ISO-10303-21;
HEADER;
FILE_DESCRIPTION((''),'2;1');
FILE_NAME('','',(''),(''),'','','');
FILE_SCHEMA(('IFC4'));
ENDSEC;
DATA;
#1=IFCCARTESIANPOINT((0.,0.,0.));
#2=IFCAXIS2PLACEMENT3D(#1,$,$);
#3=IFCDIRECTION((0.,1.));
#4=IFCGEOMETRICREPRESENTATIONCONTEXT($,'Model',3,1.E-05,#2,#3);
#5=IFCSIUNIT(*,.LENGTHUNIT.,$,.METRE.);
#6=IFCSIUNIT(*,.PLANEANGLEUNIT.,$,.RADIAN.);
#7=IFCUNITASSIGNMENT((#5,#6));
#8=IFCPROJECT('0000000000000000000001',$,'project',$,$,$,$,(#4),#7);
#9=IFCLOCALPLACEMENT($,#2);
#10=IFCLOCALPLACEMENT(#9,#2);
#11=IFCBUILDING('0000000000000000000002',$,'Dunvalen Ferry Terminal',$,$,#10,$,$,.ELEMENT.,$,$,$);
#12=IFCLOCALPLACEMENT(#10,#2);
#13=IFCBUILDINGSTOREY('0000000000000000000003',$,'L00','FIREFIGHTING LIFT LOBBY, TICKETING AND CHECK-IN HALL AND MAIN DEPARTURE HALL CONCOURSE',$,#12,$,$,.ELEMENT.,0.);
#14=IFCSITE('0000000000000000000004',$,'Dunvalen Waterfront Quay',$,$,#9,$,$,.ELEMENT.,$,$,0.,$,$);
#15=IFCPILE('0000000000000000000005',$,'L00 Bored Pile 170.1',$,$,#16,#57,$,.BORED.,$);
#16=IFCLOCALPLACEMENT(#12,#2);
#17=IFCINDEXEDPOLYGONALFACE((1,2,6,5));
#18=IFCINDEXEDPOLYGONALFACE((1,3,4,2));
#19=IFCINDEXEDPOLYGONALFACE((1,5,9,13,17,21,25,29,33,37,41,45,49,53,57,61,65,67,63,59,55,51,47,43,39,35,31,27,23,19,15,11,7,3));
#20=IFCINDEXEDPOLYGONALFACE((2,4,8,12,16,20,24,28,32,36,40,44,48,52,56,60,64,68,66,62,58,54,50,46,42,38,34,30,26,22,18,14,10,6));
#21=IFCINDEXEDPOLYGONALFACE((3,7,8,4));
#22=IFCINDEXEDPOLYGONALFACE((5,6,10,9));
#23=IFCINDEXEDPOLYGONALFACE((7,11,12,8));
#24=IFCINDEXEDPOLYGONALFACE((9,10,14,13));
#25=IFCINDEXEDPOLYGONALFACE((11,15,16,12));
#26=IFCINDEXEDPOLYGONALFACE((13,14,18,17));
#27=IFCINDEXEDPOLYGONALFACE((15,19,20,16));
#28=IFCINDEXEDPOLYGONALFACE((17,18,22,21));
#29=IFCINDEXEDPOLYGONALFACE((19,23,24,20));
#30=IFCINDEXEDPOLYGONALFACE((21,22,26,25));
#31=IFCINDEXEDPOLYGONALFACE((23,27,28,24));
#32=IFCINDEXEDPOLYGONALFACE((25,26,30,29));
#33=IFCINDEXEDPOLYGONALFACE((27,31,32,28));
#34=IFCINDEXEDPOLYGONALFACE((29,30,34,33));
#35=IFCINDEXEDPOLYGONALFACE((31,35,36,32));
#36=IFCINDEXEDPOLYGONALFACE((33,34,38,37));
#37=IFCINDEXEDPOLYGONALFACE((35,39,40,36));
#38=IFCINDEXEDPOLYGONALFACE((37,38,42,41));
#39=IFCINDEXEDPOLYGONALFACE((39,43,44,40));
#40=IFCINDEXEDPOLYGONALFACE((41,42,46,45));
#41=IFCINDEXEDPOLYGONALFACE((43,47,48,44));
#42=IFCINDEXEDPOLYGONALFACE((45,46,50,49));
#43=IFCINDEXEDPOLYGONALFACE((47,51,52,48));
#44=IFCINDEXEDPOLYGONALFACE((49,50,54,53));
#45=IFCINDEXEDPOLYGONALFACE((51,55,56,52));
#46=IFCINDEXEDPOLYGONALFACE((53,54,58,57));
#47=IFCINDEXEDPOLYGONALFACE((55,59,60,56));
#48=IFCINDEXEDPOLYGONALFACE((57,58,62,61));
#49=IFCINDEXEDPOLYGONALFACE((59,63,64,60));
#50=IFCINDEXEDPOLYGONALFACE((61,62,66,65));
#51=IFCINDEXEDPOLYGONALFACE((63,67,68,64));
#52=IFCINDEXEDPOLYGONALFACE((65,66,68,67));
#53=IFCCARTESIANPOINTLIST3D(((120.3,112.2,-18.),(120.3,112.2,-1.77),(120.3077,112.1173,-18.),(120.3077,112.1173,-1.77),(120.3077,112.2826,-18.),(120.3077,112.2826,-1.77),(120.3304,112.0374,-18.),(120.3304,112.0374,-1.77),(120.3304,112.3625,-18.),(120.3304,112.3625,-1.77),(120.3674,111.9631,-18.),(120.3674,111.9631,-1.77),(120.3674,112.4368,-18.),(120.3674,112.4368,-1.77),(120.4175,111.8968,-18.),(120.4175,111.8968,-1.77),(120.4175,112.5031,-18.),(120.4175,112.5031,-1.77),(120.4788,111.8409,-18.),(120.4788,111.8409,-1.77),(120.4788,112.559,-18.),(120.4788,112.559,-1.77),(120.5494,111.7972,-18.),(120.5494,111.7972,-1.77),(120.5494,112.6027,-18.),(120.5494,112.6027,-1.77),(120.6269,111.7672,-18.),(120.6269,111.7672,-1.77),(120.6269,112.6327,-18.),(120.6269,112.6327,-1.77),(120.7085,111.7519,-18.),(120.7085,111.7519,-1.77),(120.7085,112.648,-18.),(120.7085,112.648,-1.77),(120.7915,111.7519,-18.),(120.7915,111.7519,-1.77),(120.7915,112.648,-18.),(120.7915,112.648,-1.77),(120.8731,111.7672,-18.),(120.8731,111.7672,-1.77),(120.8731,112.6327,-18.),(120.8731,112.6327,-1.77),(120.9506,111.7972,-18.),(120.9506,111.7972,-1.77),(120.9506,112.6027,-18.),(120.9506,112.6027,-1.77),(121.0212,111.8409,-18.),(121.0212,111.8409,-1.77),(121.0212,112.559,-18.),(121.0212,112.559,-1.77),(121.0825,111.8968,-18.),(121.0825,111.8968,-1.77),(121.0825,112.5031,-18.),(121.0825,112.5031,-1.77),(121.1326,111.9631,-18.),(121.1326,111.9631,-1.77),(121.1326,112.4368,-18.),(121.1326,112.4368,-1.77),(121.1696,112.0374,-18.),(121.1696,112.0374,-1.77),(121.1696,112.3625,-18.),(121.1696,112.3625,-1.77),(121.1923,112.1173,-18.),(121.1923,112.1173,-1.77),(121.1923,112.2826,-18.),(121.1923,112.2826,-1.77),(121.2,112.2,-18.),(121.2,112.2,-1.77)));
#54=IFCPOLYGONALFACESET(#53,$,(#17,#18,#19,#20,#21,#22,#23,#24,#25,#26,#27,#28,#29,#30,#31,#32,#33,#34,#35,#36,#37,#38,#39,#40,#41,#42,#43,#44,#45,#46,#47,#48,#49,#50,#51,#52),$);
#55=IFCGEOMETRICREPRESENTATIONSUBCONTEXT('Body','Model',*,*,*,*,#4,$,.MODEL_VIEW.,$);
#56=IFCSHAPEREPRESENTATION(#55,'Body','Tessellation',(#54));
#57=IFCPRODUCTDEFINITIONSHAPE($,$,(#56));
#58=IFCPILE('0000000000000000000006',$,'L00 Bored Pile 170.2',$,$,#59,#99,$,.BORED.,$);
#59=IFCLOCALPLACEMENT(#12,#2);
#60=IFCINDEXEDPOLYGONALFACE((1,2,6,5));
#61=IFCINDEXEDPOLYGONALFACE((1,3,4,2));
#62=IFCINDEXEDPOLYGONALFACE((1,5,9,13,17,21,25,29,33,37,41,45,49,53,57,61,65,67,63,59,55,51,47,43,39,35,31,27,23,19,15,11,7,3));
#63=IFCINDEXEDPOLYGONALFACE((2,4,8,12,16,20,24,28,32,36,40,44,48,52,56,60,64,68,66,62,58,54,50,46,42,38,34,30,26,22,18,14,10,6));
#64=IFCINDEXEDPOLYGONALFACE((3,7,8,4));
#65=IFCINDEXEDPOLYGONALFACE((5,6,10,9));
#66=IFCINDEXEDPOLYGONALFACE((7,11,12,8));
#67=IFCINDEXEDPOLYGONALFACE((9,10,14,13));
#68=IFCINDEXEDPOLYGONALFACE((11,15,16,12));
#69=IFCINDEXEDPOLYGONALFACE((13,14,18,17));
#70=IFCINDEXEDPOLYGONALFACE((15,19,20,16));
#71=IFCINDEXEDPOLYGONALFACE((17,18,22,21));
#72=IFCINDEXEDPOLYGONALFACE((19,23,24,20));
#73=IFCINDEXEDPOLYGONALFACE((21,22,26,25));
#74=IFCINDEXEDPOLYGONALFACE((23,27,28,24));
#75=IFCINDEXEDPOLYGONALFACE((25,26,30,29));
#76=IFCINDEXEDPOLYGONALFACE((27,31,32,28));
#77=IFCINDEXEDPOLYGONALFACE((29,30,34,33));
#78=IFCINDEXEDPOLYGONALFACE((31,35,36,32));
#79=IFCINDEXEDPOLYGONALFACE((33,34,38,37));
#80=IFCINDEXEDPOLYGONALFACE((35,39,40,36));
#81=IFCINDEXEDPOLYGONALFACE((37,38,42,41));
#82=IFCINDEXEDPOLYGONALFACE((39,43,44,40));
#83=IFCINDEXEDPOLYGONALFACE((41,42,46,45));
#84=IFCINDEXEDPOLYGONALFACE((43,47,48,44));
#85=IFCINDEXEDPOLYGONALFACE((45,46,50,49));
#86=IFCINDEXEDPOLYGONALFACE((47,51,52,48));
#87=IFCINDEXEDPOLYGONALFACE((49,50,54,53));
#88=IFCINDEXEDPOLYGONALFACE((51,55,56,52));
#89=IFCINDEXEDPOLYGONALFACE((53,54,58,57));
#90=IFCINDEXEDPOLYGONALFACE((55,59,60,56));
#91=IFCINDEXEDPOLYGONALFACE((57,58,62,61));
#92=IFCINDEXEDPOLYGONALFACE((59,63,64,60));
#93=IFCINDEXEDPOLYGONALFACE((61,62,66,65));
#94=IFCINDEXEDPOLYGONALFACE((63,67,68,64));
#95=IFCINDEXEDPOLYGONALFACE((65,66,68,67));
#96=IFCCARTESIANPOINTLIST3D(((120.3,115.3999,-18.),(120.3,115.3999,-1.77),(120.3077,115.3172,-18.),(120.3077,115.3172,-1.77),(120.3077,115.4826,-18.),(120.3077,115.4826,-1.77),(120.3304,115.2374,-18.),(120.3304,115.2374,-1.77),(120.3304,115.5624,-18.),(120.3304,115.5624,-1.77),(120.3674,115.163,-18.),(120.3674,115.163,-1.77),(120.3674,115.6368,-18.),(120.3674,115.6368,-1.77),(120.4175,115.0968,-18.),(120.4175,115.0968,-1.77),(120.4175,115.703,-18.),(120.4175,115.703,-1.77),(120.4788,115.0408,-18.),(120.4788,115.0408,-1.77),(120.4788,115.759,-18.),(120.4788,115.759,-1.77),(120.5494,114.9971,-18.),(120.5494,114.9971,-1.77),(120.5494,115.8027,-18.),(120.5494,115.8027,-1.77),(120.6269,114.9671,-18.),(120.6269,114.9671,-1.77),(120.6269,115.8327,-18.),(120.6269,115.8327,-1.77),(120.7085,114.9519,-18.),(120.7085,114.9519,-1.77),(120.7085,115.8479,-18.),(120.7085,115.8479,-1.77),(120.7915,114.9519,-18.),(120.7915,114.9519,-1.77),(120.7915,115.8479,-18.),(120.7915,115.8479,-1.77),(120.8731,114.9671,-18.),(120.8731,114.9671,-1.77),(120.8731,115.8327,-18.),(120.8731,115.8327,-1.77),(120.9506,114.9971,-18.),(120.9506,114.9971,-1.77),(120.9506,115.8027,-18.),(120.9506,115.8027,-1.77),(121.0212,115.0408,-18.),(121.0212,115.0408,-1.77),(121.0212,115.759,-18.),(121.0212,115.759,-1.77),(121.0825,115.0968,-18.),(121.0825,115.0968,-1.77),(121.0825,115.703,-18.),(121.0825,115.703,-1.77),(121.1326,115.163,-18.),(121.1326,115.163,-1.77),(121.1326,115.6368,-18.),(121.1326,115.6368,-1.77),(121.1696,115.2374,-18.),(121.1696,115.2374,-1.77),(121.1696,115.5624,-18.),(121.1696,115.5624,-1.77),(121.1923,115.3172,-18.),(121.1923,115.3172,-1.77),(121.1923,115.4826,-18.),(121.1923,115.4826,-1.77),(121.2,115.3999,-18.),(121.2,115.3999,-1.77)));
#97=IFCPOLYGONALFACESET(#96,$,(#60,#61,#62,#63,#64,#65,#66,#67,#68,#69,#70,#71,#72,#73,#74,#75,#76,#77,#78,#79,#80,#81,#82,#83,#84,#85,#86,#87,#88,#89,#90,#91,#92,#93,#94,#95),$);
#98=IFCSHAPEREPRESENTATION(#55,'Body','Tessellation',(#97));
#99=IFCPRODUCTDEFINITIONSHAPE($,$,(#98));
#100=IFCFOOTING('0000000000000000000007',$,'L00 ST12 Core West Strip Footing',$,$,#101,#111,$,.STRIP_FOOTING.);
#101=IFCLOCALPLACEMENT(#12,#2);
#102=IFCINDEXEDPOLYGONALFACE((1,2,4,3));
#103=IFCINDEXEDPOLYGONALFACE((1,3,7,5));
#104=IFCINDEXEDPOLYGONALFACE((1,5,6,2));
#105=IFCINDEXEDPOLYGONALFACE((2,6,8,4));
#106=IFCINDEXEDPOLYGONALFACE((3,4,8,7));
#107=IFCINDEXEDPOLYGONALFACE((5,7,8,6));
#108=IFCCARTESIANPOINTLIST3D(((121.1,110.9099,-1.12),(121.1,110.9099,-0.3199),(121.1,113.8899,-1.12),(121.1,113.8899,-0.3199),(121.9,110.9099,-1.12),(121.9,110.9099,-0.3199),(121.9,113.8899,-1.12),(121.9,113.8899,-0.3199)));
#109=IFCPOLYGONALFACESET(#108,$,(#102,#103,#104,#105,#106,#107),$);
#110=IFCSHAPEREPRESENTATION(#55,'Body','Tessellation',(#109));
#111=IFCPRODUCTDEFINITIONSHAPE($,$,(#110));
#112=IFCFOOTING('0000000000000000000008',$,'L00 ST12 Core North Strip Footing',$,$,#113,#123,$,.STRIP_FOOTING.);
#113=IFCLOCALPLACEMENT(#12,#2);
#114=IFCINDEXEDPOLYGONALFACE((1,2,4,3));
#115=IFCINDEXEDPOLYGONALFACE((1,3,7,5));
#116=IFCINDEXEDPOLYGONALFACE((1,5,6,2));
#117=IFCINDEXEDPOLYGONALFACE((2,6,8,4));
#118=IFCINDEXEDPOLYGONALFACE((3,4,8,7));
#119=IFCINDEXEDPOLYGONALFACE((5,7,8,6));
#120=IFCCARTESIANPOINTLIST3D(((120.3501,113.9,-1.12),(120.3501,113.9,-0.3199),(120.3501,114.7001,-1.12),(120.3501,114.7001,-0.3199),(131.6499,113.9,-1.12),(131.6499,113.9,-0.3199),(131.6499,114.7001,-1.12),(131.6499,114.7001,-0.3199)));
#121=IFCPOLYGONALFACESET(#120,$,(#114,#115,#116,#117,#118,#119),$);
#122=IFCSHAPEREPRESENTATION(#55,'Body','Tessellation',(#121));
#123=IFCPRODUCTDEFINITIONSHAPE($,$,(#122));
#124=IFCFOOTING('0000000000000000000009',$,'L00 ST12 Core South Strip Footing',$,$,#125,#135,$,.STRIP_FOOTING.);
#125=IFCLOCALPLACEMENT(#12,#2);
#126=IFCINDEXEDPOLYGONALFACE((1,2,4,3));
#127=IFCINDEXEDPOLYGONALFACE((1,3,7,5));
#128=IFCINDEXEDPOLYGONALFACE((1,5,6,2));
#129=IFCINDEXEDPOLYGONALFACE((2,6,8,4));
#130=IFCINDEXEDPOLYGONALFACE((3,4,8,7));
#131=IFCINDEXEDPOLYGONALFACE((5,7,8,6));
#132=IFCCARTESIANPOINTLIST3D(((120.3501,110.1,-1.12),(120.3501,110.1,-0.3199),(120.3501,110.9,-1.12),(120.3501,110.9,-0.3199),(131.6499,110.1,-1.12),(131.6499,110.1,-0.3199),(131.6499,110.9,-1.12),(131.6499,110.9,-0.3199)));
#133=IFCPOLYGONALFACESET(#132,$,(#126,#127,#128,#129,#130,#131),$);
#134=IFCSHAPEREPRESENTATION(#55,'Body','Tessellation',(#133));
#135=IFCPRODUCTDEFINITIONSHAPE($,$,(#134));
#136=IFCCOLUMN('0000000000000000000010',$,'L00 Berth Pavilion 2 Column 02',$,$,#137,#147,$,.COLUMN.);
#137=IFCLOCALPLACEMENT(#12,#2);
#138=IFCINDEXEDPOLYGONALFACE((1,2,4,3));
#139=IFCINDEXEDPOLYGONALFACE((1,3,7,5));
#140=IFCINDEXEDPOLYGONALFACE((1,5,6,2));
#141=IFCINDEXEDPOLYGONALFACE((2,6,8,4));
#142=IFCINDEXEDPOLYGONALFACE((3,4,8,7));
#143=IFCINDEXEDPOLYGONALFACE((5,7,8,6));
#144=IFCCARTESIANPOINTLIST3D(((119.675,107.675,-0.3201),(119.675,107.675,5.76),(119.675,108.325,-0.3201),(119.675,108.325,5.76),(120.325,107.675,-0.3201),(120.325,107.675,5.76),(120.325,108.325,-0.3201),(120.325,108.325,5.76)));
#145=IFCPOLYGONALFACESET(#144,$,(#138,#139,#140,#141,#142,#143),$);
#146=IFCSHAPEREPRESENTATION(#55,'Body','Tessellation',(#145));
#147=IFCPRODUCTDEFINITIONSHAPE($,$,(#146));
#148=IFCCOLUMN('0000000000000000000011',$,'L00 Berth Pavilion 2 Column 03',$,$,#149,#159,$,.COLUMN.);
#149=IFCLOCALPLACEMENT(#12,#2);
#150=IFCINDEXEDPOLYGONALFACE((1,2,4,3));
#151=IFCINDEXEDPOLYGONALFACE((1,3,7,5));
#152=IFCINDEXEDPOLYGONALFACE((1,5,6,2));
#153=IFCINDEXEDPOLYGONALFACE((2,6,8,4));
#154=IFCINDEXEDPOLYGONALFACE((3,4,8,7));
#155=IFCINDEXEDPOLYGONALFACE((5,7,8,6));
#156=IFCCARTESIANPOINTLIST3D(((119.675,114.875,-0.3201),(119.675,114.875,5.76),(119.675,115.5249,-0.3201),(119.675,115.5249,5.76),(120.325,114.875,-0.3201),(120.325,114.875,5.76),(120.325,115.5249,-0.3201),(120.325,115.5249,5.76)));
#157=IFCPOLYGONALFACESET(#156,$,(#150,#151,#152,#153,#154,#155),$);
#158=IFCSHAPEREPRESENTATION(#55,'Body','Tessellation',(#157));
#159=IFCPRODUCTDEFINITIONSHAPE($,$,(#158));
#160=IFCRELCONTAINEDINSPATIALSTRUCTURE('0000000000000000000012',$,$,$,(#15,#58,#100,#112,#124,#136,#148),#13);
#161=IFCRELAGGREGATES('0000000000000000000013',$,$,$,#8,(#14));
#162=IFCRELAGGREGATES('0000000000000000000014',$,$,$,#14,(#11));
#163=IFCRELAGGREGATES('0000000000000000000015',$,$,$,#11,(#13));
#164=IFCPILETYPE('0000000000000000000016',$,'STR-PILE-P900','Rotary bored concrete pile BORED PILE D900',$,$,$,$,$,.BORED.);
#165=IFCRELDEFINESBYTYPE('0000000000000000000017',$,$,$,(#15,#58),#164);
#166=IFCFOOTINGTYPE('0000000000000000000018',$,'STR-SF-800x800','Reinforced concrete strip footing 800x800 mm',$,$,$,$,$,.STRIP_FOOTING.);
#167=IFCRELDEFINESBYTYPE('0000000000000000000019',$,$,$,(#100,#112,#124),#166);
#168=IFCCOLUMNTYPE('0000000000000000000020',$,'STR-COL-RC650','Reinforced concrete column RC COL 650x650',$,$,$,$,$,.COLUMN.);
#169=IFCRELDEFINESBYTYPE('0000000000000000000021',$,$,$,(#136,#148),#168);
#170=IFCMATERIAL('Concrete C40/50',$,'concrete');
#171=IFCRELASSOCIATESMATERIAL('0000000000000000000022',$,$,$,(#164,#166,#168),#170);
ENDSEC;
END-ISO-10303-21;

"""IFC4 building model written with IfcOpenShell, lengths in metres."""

from ifc_helpers import new_model, si_unit, direction, frame, origin, origin_2d, place, context, subcontext, project, spatial, rectangle, circle, extrude, material, material_profile, profile_set, type_object, element, save


model = new_model("IFC4")

# Units and contexts
model_context = context("Model", 3, precision=1e-05, world=origin(), true_north=direction((0.0, 1.0)))
body_context = subcontext(model_context, "Body", "Model", "MODEL_VIEW")
ifc_project = project(units=[si_unit("LENGTHUNIT", "METRE"), si_unit("PLANEANGLEUNIT", "RADIAN")], contexts=[model_context])

# Site, building, storey
site_placement = place(None, origin())
site = spatial("IfcSite", under=ifc_project, at=site_placement, Name="Dunvalen Waterfront Quay", CompositionType="ELEMENT", RefElevation=0.0)
building_placement = place(site_placement, origin())
building = spatial("IfcBuilding", under=site, at=building_placement, Name="Dunvalen Ferry Terminal", CompositionType="ELEMENT")
storey_placement = place(building_placement, origin())
storey = spatial("IfcBuildingStorey", under=building, at=storey_placement, Name="L00", Description="FIREFIGHTING LIFT LOBBY, TICKETING AND CHECK-IN HALL AND MAIN DEPARTURE HALL CONCOURSE", CompositionType="ELEMENT", Elevation=0.0)

# Shared definitions
ifc_material_1 = material(Name="Concrete C40/50", Category="concrete")

# Piles
ifc_material_profile_1 = material_profile(ifc_material_1, circle(Radius=0.45, at=origin_2d()), Name="Concrete C40/50")
ifc_profile_set_1 = profile_set([ifc_material_profile_1], Name="Concrete C40/50")
pile_type_1 = type_object("IfcPileType", Name="STR-PILE-P900", Description="Rotary bored concrete pile BORED PILE D900", PredefinedType="BORED", material=ifc_profile_set_1)
for number, where, z_axis, x_axis, name in (
    (1, (120.75, 112.2, -1.77), (0.0, 0.0, -1.0), (1.0, 0.0, 0.0), "L00 Bored Pile 170.1"),
    (2, (120.75, 115.3999, -1.77), (0.0, 0.0, -1.0), (1.0, 0.0, 0.0), "L00 Bored Pile 170.2"),
):
    element("IfcPile", number, at=place(storey_placement, frame(where, z_axis=z_axis, x_axis=x_axis)), inside=storey, type_object=pile_type_1, Name=name, PredefinedType="BORED", context=body_context, shape_type="SweptSolid", body=[
        extrude(circle(Radius=0.45, at=origin_2d()), origin(), (0.0, 0.0, 1.0), 16.23),
    ])

# Footings
ifc_material_profile_2 = material_profile(ifc_material_1, rectangle(XDim=0.8, YDim=0.8, at=origin_2d()), Name="Concrete C40/50")
ifc_profile_set_2 = profile_set([ifc_material_profile_2], Name="Concrete C40/50")
footing_type_1 = type_object("IfcFootingType", Name="STR-SF-800x800", Description="Reinforced concrete strip footing 800x800 mm", PredefinedType="STRIP_FOOTING", material=ifc_profile_set_2)
footing_1_placement = place(storey_placement, frame((121.5, 110.9099, -0.72), z_axis=(0.0, 1.0, 0.0), x_axis=(-1.0, 0.0, 0.0)))
element("IfcFooting", 3, at=footing_1_placement, inside=storey, type_object=footing_type_1, Name="L00 ST12 Core West Strip Footing", PredefinedType="STRIP_FOOTING", context=body_context, shape_type="SweptSolid", body=[
    extrude(rectangle(XDim=0.8, YDim=0.8, at=origin_2d()), origin(), (0.0, 0.0, 1.0), 2.98),
])
for number, where, z_axis, x_axis, name in (
    (4, (120.3501, 114.3, -0.72), (1.0, 0.0, 0.0), (0.0, 1.0, 0.0), "L00 ST12 Core North Strip Footing"),
    (5, (120.3501, 110.5, -0.72), (1.0, 0.0, 0.0), (0.0, 1.0, 0.0), "L00 ST12 Core South Strip Footing"),
):
    element("IfcFooting", number, at=place(storey_placement, frame(where, z_axis=z_axis, x_axis=x_axis)), inside=storey, type_object=footing_type_1, Name=name, PredefinedType="STRIP_FOOTING", context=body_context, shape_type="SweptSolid", body=[
        extrude(rectangle(XDim=0.8, YDim=0.8, at=origin_2d()), origin(), (0.0, 0.0, 1.0), 11.2998),
    ])

# Columns
ifc_material_profile_3 = material_profile(ifc_material_1, rectangle(XDim=0.6499, YDim=0.6499, at=origin_2d()), Name="Concrete C40/50")
ifc_profile_set_3 = profile_set([ifc_material_profile_3], Name="Concrete C40/50")
column_type = type_object("IfcColumnType", Name="STR-COL-RC650", Description="Reinforced concrete column RC COL 650x650", PredefinedType="COLUMN", material=ifc_profile_set_3)
for number, where, z_axis, x_axis, name in (
    (6, (120.0, 108.0, -0.3201), (0.0, 0.0, 1.0), (1.0, 0.0, 0.0), "L00 Berth Pavilion 2 Column 02"),
    (7, (120.0, 115.2, -0.3201), (0.0, 0.0, 1.0), (1.0, 0.0, 0.0), "L00 Berth Pavilion 2 Column 03"),
):
    element("IfcColumn", number, at=place(storey_placement, frame(where, z_axis=z_axis, x_axis=x_axis)), inside=storey, type_object=column_type, Name=name, PredefinedType="COLUMN", context=body_context, shape_type="SweptSolid", body=[
        extrude(rectangle(XDim=0.6499, YDim=0.6499, at=origin_2d()), origin(), (0.0, 0.0, 1.0), 6.0801),
    ])

save(model, "model.ifc")
